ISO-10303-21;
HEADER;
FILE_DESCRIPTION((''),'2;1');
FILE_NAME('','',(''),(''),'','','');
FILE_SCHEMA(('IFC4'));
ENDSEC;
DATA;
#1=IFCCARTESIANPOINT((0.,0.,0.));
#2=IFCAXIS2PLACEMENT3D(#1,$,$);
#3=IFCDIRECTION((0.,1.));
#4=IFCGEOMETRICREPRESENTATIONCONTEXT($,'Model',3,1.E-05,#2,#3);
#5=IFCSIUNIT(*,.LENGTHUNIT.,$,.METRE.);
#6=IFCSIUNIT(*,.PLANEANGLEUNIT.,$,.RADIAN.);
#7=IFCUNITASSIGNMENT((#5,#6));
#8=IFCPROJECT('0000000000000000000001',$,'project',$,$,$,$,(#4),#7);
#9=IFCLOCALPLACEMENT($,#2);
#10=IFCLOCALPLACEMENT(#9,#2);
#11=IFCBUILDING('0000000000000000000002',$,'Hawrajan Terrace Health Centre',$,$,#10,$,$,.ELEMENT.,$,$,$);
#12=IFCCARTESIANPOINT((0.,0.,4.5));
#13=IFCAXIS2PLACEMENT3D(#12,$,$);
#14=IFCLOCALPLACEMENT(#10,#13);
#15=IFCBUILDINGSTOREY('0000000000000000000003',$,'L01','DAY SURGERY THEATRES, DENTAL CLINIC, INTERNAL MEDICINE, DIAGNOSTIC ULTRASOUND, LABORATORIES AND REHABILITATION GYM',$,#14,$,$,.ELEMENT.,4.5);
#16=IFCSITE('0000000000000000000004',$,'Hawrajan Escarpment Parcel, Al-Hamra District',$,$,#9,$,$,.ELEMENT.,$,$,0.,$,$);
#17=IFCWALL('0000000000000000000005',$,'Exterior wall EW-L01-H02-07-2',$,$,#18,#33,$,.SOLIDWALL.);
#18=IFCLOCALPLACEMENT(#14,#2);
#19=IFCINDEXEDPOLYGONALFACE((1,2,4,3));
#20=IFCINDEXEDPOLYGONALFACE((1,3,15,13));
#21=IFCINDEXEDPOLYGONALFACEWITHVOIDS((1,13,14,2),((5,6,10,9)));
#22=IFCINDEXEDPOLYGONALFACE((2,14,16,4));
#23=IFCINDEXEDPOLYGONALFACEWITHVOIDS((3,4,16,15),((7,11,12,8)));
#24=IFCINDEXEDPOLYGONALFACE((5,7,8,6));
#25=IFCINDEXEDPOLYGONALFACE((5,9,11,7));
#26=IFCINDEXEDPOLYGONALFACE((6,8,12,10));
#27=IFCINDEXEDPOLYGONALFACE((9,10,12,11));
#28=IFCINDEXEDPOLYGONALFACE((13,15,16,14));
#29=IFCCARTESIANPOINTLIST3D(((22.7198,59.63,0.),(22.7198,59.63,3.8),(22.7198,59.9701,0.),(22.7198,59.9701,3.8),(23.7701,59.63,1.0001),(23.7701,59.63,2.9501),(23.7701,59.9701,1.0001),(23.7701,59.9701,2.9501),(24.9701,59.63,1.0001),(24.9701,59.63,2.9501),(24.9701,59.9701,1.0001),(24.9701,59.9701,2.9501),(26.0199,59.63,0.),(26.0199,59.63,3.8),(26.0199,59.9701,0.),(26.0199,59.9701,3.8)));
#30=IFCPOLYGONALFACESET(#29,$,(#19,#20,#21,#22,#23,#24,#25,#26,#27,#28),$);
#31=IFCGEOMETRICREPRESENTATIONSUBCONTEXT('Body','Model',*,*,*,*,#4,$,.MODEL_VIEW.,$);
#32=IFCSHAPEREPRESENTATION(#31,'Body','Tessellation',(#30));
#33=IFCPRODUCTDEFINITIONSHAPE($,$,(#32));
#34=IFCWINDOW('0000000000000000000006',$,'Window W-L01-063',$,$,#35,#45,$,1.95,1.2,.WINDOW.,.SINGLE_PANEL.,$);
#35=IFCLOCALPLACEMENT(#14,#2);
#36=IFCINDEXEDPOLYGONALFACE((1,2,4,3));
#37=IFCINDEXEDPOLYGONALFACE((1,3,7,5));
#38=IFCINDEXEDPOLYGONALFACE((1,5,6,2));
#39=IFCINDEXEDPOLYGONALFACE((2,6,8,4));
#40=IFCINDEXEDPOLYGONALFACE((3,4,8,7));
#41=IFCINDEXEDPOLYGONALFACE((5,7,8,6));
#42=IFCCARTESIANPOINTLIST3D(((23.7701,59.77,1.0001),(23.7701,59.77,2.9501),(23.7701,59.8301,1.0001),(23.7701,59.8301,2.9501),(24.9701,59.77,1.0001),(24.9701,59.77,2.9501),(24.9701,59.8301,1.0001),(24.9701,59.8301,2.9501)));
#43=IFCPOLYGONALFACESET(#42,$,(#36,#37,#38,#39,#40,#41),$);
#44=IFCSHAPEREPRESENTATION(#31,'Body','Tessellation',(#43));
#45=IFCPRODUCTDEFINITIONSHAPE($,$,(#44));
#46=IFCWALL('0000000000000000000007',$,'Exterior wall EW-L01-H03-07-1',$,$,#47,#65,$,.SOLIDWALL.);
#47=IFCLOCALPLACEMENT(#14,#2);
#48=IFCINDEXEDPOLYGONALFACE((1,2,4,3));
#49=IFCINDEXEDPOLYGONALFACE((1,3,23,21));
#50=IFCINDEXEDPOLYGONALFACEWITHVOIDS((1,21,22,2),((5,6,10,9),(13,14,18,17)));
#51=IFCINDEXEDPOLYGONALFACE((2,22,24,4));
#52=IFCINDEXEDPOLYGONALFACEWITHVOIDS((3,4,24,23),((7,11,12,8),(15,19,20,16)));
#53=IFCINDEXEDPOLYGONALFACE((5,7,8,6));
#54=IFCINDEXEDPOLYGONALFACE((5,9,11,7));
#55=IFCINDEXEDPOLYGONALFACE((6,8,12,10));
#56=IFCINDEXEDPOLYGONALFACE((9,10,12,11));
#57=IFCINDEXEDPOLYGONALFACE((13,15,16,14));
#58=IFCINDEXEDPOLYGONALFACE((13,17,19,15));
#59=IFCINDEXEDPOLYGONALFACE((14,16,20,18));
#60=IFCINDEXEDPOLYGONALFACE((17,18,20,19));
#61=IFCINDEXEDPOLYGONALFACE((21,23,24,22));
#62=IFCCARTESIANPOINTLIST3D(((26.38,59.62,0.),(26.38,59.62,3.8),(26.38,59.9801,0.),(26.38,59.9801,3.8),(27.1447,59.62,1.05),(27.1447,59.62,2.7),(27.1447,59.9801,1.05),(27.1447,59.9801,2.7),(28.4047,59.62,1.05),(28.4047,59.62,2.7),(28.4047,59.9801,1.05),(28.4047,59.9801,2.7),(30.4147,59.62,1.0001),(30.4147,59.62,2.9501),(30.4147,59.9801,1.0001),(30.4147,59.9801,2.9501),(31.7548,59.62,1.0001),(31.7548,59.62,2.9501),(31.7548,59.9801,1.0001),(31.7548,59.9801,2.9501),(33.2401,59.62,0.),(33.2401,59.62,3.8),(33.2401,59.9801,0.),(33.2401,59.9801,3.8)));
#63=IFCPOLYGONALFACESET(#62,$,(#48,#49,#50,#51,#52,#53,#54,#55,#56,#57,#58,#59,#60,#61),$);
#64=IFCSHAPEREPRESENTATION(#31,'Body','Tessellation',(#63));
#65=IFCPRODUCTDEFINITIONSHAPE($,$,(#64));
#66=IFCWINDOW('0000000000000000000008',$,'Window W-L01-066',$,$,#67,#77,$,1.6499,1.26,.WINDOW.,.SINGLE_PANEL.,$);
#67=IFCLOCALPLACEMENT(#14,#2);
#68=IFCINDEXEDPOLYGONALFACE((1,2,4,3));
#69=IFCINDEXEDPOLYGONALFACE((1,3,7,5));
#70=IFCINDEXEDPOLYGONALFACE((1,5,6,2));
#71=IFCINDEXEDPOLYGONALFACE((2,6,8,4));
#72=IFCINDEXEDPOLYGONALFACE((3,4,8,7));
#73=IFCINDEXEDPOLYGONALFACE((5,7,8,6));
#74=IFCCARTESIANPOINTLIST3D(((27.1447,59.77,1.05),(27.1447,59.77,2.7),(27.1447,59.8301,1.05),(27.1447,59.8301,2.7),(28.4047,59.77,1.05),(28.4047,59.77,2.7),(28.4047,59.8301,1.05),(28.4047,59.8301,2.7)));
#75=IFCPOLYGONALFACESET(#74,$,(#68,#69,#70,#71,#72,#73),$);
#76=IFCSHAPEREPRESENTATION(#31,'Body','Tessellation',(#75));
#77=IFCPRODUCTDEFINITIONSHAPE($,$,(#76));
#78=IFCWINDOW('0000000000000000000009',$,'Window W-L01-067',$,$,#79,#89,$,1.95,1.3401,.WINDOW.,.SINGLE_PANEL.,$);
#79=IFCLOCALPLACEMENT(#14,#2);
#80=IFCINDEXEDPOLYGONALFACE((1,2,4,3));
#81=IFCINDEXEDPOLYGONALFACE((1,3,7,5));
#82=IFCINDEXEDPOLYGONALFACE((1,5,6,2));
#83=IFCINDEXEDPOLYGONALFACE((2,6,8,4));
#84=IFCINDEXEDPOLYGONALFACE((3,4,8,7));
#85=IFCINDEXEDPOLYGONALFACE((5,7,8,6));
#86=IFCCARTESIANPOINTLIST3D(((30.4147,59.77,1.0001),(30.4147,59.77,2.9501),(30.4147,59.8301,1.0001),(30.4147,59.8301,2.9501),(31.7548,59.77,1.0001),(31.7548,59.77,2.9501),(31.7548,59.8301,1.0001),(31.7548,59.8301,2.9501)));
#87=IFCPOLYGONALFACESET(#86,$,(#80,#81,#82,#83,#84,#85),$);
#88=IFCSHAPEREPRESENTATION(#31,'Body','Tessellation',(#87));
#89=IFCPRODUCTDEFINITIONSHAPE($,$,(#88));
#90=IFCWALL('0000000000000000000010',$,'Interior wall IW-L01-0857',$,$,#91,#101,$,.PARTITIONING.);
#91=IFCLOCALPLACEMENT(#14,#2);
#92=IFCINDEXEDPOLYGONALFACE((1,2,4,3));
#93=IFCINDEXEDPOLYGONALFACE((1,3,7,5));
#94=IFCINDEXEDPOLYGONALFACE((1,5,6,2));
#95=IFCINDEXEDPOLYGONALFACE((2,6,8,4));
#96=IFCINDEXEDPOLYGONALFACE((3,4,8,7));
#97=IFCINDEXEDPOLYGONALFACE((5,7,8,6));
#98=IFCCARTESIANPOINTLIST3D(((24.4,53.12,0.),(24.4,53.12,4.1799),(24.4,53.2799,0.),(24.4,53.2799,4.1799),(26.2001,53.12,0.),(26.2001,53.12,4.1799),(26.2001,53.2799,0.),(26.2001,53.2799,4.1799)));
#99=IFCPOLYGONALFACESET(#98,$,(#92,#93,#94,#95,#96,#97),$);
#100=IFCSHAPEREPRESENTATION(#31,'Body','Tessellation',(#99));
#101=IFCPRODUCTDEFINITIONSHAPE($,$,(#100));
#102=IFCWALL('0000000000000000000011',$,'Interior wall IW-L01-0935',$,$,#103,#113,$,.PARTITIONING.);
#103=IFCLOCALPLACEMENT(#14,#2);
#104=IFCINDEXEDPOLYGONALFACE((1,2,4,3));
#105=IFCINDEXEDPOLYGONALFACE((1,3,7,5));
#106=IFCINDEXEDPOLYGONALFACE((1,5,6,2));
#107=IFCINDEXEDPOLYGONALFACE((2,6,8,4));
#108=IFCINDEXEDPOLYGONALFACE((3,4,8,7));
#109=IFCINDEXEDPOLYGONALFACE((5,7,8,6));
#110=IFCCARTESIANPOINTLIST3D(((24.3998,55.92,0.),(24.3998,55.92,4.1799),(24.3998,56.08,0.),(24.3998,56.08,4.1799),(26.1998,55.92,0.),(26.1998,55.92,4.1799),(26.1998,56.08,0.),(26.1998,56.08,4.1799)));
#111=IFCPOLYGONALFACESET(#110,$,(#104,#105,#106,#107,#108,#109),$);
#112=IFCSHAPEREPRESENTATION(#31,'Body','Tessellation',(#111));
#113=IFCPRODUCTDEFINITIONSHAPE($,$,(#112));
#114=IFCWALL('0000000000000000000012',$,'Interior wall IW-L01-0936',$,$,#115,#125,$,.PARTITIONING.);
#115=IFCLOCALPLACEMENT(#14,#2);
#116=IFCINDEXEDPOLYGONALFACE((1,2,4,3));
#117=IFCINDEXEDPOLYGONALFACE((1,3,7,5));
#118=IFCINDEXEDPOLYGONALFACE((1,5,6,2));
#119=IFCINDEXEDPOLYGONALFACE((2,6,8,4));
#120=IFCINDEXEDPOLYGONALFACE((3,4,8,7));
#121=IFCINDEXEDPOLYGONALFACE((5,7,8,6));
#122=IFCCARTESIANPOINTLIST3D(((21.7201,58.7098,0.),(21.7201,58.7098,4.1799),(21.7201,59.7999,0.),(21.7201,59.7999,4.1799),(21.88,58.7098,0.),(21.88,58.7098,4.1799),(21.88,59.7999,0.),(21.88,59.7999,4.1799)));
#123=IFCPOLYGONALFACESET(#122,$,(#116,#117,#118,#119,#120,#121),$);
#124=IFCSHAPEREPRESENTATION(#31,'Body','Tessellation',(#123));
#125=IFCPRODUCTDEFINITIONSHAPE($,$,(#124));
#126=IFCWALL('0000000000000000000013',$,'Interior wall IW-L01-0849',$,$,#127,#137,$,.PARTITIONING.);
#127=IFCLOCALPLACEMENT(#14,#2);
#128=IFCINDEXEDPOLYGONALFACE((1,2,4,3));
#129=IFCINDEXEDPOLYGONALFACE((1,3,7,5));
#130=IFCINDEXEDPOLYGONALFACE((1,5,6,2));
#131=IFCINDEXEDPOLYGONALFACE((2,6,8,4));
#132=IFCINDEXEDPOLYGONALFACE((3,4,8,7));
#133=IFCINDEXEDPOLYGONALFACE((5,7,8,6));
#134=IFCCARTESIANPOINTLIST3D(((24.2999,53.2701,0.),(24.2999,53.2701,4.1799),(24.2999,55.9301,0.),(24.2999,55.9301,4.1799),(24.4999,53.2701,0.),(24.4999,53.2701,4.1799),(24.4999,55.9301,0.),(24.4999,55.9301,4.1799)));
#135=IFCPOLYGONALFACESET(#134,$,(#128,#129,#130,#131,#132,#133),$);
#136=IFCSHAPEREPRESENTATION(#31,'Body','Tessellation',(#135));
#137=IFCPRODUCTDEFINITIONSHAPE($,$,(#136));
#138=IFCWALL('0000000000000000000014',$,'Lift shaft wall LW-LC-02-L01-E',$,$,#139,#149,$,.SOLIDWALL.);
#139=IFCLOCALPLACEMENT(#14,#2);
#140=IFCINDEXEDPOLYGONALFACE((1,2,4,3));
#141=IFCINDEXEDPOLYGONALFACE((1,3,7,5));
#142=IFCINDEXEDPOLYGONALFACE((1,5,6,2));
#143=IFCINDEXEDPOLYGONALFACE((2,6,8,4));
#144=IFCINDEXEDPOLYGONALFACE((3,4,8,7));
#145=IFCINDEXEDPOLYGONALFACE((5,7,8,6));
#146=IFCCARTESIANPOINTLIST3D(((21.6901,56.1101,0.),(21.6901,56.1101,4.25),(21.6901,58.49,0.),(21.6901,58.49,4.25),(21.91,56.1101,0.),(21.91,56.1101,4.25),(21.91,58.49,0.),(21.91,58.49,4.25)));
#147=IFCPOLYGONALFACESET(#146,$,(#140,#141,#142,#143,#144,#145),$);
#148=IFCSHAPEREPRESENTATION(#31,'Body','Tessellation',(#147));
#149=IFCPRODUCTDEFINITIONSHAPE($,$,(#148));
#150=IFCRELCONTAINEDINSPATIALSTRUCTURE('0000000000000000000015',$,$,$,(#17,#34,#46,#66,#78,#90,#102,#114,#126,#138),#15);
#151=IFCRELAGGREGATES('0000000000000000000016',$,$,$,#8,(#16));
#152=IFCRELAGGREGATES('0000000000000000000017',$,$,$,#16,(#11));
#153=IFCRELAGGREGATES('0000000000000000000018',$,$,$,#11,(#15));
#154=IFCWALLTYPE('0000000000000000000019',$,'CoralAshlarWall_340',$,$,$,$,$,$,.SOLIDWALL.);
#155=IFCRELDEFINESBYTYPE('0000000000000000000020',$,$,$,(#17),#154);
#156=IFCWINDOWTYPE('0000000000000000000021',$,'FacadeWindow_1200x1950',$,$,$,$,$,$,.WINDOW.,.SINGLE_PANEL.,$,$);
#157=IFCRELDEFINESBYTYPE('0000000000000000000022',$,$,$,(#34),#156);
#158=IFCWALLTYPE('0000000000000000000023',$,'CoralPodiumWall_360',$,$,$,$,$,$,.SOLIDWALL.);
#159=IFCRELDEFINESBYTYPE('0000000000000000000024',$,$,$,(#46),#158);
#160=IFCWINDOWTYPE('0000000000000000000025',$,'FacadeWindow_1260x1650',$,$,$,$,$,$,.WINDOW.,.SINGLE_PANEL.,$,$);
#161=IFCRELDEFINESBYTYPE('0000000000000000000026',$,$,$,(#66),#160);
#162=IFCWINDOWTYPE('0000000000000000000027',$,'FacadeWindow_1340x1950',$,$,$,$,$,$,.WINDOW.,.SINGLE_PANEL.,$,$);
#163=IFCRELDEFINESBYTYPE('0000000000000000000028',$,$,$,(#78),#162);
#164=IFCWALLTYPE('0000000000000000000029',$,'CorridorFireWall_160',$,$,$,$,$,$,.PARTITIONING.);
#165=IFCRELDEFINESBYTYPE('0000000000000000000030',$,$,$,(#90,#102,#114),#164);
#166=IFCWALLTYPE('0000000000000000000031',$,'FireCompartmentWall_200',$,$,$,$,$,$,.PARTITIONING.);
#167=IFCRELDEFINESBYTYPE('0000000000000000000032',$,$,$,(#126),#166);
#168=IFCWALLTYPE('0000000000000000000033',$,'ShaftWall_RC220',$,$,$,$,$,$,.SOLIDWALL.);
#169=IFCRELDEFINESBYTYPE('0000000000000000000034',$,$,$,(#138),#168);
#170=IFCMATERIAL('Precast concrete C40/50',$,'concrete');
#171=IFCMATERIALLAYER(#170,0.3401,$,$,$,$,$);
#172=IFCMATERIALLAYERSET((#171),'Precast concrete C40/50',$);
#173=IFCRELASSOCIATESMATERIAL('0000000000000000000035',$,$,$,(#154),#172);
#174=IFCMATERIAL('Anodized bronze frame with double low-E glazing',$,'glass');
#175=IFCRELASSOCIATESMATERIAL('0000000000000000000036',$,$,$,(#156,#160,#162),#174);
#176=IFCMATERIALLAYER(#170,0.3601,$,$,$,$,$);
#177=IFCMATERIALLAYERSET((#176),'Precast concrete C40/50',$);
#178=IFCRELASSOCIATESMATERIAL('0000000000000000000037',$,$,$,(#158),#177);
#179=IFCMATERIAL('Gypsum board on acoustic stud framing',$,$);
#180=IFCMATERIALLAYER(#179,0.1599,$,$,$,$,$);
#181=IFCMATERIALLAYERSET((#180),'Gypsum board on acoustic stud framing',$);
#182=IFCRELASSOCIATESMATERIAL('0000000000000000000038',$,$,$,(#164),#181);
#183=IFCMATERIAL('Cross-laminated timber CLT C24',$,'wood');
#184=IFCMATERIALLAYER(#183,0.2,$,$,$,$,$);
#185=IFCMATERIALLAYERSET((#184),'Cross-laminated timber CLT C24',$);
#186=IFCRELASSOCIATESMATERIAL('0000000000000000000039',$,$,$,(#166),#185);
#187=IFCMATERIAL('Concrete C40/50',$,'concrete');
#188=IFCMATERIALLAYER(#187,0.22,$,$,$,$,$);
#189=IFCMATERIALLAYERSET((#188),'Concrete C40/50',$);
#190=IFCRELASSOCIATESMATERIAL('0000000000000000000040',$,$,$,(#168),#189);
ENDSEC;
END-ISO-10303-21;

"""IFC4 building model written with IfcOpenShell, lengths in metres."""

from ifc_helpers import new_model, si_unit, direction, frame, frame_2d, origin, place, context, subcontext, project, spatial, rectangle, extrude, material, layer, layer_set, type_object, element, fill, save


model = new_model("IFC4")

# Units and contexts
model_context = context("Model", 3, precision=1e-05, world=origin(), true_north=direction((0.0, 1.0)))
body_context = subcontext(model_context, "Body", "Model", "MODEL_VIEW")
ifc_project = project(units=[si_unit("LENGTHUNIT", "METRE"), si_unit("PLANEANGLEUNIT", "RADIAN")], contexts=[model_context])

# Site, building, storey
site_placement = place(None, origin())
site = spatial("IfcSite", under=ifc_project, at=site_placement, Name="Hawrajan Escarpment Parcel, Al-Hamra District", CompositionType="ELEMENT", RefElevation=0.0)
building_placement = place(site_placement, origin())
building = spatial("IfcBuilding", under=site, at=building_placement, Name="Hawrajan Terrace Health Centre", CompositionType="ELEMENT")
storey_placement = place(building_placement, frame((0.0, 0.0, 4.5)))
storey = spatial("IfcBuildingStorey", under=building, at=storey_placement, Name="L01", Description="DAY SURGERY THEATRES, DENTAL CLINIC, INTERNAL MEDICINE, DIAGNOSTIC ULTRASOUND, LABORATORIES AND REHABILITATION GYM", CompositionType="ELEMENT", Elevation=4.5)

# Shared definitions
ifc_material_1 = material(Name="Concrete C40/50", Category="concrete")

# Shared definitions
ifc_material_2 = material(Name="Gypsum board on acoustic stud framing")

# Wall, opening, window
ifc_material_3 = material(Name="Precast concrete C40/50", Category="concrete")
ifc_layer_1 = layer(ifc_material_3, 0.3401)
ifc_layer_set_1 = layer_set([ifc_layer_1], Name="Precast concrete C40/50")
wall_type_1 = type_object("IfcWallType", Name="CoralAshlarWall_340", PredefinedType="SOLIDWALL", material=ifc_layer_set_1)
wall_1_placement = place(storey_placement, frame((22.72, 59.8, 0.0), z_axis=(0.0, 0.0, 1.0), x_axis=(1.0, 0.0, 0.0)))
wall_1 = element("IfcWall", 1, at=wall_1_placement, inside=storey, type_object=wall_type_1, Name="Exterior wall EW-L01-H02-07-2", PredefinedType="SOLIDWALL", context=body_context, shape_type="SweptSolid", body=[
    extrude(rectangle(XDim=3.3, YDim=0.3401, at=frame_2d((1.6499, 0.0))), origin(), (0.0, 0.0, 1.0), 3.8),
])
opening_1_placement = place(wall_1_placement, frame((1.05, 0.0, 1.0)))
opening_1 = element("IfcOpeningElement", 2, at=opening_1_placement, cuts=wall_1, PredefinedType="OPENING", context=body_context, shape_type="SweptSolid", body=[
    extrude(rectangle(XDim=1.2, YDim=1.95, at=frame_2d((0.6001, 0.9751))), frame((0.0, 0.1799, 0.0), z_axis=(0.0, -1.0, 0.0), x_axis=(1.0, 0.0, 0.0)), (0.0, 0.0, 1.0), 0.3601),
])
ifc_material_4 = material(Name="Anodized bronze frame with double low-E glazing", Category="glass")
window_type_1 = type_object("IfcWindowType", Name="FacadeWindow_1200x1950", PartitioningType="SINGLE_PANEL", PredefinedType="WINDOW", material=ifc_material_4)
window_1_placement = place(opening_1_placement, origin())
window_1 = element("IfcWindow", 3, at=window_1_placement, inside=storey, type_object=window_type_1, Name="Window W-L01-063", OverallHeight=1.95, OverallWidth=1.2, PartitioningType="SINGLE_PANEL", PredefinedType="WINDOW", context=body_context, shape_type="SweptSolid", body=[
    extrude(rectangle(XDim=1.2, YDim=1.95, at=frame_2d((0.6001, 0.9751))), frame((0.0, 0.03, 0.0), z_axis=(0.0, -1.0, 0.0), x_axis=(1.0, 0.0, 0.0)), (0.0, 0.0, 1.0), 0.0601),
])
fill(opening_1, window_1)

# Wall, openings, windows
ifc_layer_2 = layer(ifc_material_3, 0.3601)
ifc_layer_set_2 = layer_set([ifc_layer_2], Name="Precast concrete C40/50")
wall_type_2 = type_object("IfcWallType", Name="CoralPodiumWall_360", PredefinedType="SOLIDWALL", material=ifc_layer_set_2)
wall_2_placement = place(storey_placement, frame((26.3799, 59.8, 0.0), z_axis=(0.0, 0.0, 1.0), x_axis=(1.0, 0.0, 0.0)))
wall_2 = element("IfcWall", 4, at=wall_2_placement, inside=storey, type_object=wall_type_2, Name="Exterior wall EW-L01-H03-07-1", PredefinedType="SOLIDWALL", context=body_context, shape_type="SweptSolid", body=[
    extrude(rectangle(XDim=6.8601, YDim=0.3601, at=frame_2d((3.4302, 0.0))), origin(), (0.0, 0.0, 1.0), 3.8),
])
opening_2_placement = place(wall_2_placement, frame((0.7649, 0.0, 1.05)))
opening_2 = element("IfcOpeningElement", 5, at=opening_2_placement, cuts=wall_2, PredefinedType="OPENING", context=body_context, shape_type="SweptSolid", body=[
    extrude(rectangle(XDim=1.26, YDim=1.6499, at=frame_2d((0.6299, 0.825))), frame((0.0, 0.1899, 0.0), z_axis=(0.0, -1.0, 0.0), x_axis=(1.0, 0.0, 0.0)), (0.0, 0.0, 1.0), 0.3801),
])
opening_3_placement = place(wall_2_placement, frame((4.0349, 0.0, 1.0)))
opening_3 = element("IfcOpeningElement", 6, at=opening_3_placement, cuts=wall_2, PredefinedType="OPENING", context=body_context, shape_type="SweptSolid", body=[
    extrude(rectangle(XDim=1.3401, YDim=1.95, at=frame_2d((0.6699, 0.9751))), frame((0.0, 0.1899, 0.0), z_axis=(0.0, -1.0, 0.0), x_axis=(1.0, 0.0, 0.0)), (0.0, 0.0, 1.0), 0.3801),
])
window_type_2 = type_object("IfcWindowType", Name="FacadeWindow_1260x1650", PartitioningType="SINGLE_PANEL", PredefinedType="WINDOW", material=ifc_material_4)
window_2_placement = place(opening_2_placement, origin())
window_2 = element("IfcWindow", 7, at=window_2_placement, inside=storey, type_object=window_type_2, Name="Window W-L01-066", OverallHeight=1.6499, OverallWidth=1.26, PartitioningType="SINGLE_PANEL", PredefinedType="WINDOW", context=body_context, shape_type="SweptSolid", body=[
    extrude(rectangle(XDim=1.26, YDim=1.6499, at=frame_2d((0.6299, 0.825))), frame((0.0, 0.03, 0.0), z_axis=(0.0, -1.0, 0.0), x_axis=(1.0, 0.0, 0.0)), (0.0, 0.0, 1.0), 0.0601),
])
fill(opening_2, window_2)
window_type_3 = type_object("IfcWindowType", Name="FacadeWindow_1340x1950", PartitioningType="SINGLE_PANEL", PredefinedType="WINDOW", material=ifc_material_4)
window_3_placement = place(opening_3_placement, origin())
window_3 = element("IfcWindow", 8, at=window_3_placement, inside=storey, type_object=window_type_3, Name="Window W-L01-067", OverallHeight=1.95, OverallWidth=1.3401, PartitioningType="SINGLE_PANEL", PredefinedType="WINDOW", context=body_context, shape_type="SweptSolid", body=[
    extrude(rectangle(XDim=1.3401, YDim=1.95, at=frame_2d((0.6699, 0.9751))), frame((0.0, 0.03, 0.0), z_axis=(0.0, -1.0, 0.0), x_axis=(1.0, 0.0, 0.0)), (0.0, 0.0, 1.0), 0.0601),
])
fill(opening_3, window_3)

# Walls
ifc_layer_3 = layer(ifc_material_2, 0.1599)
ifc_layer_set_3 = layer_set([ifc_layer_3], Name="Gypsum board on acoustic stud framing")
wall_type_3 = type_object("IfcWallType", Name="CorridorFireWall_160", PredefinedType="PARTITIONING", material=ifc_layer_set_3)
for number, where, z_axis, x_axis, name in (
    (9, (26.2, 53.2, 0.0), (0.0, 0.0, 1.0), (-1.0, 0.0, 0.0), "Interior wall IW-L01-0857"),
    (10, (24.3999, 56.0, 0.0), (0.0, 0.0, 1.0), (1.0, 0.0, 0.0), "Interior wall IW-L01-0935"),
):
    element("IfcWall", number, at=place(storey_placement, frame(where, z_axis=z_axis, x_axis=x_axis)), inside=storey, type_object=wall_type_3, Name=name, PredefinedType="PARTITIONING", context=body_context, shape_type="SweptSolid", body=[
        extrude(rectangle(XDim=1.8, YDim=0.1599, at=frame_2d((0.8999, 0.0))), origin(), (0.0, 0.0, 1.0), 4.1799),
    ])
wall_3_placement = place(storey_placement, frame((21.8, 58.71, 0.0), z_axis=(0.0, 0.0, 1.0), x_axis=(0.0, 1.0, 0.0)))
element("IfcWall", 11, at=wall_3_placement, inside=storey, type_object=wall_type_3, Name="Interior wall IW-L01-0936", PredefinedType="PARTITIONING", context=body_context, shape_type="SweptSolid", body=[
    extrude(rectangle(XDim=1.0901, YDim=0.1599, at=frame_2d((0.5449, 0.0))), origin(), (0.0, 0.0, 1.0), 4.1799),
])
ifc_material_5 = material(Name="Cross-laminated timber CLT C24", Category="wood")
ifc_layer_4 = layer(ifc_material_5, 0.2)
ifc_layer_set_4 = layer_set([ifc_layer_4], Name="Cross-laminated timber CLT C24")
wall_type_4 = type_object("IfcWallType", Name="FireCompartmentWall_200", PredefinedType="PARTITIONING", material=ifc_layer_set_4)
wall_4_placement = place(storey_placement, frame((24.3999, 53.27, 0.0), z_axis=(0.0, 0.0, 1.0), x_axis=(0.0, 1.0, 0.0)))
element("IfcWall", 12, at=wall_4_placement, inside=storey, type_object=wall_type_4, Name="Interior wall IW-L01-0849", PredefinedType="PARTITIONING", context=body_context, shape_type="SweptSolid", body=[
    extrude(rectangle(XDim=2.6599, YDim=0.2, at=frame_2d((1.3301, 0.0))), origin(), (0.0, 0.0, 1.0), 4.1799),
])
ifc_layer_5 = layer(ifc_material_1, 0.22)
ifc_layer_set_5 = layer_set([ifc_layer_5], Name="Concrete C40/50")
wall_type_5 = type_object("IfcWallType", Name="ShaftWall_RC220", PredefinedType="SOLIDWALL", material=ifc_layer_set_5)
wall_5_placement = place(storey_placement, frame((21.8, 56.1101, 0.0), z_axis=(0.0, 0.0, 1.0), x_axis=(0.0, 1.0, 0.0)))
element("IfcWall", 13, at=wall_5_placement, inside=storey, type_object=wall_type_5, Name="Lift shaft wall LW-LC-02-L01-E", PredefinedType="SOLIDWALL", context=body_context, shape_type="SweptSolid", body=[
    extrude(rectangle(XDim=2.3799, YDim=0.22, at=frame_2d((1.1899, 0.0))), origin(), (0.0, 0.0, 1.0), 4.25),
])

save(model, "model.ifc")
